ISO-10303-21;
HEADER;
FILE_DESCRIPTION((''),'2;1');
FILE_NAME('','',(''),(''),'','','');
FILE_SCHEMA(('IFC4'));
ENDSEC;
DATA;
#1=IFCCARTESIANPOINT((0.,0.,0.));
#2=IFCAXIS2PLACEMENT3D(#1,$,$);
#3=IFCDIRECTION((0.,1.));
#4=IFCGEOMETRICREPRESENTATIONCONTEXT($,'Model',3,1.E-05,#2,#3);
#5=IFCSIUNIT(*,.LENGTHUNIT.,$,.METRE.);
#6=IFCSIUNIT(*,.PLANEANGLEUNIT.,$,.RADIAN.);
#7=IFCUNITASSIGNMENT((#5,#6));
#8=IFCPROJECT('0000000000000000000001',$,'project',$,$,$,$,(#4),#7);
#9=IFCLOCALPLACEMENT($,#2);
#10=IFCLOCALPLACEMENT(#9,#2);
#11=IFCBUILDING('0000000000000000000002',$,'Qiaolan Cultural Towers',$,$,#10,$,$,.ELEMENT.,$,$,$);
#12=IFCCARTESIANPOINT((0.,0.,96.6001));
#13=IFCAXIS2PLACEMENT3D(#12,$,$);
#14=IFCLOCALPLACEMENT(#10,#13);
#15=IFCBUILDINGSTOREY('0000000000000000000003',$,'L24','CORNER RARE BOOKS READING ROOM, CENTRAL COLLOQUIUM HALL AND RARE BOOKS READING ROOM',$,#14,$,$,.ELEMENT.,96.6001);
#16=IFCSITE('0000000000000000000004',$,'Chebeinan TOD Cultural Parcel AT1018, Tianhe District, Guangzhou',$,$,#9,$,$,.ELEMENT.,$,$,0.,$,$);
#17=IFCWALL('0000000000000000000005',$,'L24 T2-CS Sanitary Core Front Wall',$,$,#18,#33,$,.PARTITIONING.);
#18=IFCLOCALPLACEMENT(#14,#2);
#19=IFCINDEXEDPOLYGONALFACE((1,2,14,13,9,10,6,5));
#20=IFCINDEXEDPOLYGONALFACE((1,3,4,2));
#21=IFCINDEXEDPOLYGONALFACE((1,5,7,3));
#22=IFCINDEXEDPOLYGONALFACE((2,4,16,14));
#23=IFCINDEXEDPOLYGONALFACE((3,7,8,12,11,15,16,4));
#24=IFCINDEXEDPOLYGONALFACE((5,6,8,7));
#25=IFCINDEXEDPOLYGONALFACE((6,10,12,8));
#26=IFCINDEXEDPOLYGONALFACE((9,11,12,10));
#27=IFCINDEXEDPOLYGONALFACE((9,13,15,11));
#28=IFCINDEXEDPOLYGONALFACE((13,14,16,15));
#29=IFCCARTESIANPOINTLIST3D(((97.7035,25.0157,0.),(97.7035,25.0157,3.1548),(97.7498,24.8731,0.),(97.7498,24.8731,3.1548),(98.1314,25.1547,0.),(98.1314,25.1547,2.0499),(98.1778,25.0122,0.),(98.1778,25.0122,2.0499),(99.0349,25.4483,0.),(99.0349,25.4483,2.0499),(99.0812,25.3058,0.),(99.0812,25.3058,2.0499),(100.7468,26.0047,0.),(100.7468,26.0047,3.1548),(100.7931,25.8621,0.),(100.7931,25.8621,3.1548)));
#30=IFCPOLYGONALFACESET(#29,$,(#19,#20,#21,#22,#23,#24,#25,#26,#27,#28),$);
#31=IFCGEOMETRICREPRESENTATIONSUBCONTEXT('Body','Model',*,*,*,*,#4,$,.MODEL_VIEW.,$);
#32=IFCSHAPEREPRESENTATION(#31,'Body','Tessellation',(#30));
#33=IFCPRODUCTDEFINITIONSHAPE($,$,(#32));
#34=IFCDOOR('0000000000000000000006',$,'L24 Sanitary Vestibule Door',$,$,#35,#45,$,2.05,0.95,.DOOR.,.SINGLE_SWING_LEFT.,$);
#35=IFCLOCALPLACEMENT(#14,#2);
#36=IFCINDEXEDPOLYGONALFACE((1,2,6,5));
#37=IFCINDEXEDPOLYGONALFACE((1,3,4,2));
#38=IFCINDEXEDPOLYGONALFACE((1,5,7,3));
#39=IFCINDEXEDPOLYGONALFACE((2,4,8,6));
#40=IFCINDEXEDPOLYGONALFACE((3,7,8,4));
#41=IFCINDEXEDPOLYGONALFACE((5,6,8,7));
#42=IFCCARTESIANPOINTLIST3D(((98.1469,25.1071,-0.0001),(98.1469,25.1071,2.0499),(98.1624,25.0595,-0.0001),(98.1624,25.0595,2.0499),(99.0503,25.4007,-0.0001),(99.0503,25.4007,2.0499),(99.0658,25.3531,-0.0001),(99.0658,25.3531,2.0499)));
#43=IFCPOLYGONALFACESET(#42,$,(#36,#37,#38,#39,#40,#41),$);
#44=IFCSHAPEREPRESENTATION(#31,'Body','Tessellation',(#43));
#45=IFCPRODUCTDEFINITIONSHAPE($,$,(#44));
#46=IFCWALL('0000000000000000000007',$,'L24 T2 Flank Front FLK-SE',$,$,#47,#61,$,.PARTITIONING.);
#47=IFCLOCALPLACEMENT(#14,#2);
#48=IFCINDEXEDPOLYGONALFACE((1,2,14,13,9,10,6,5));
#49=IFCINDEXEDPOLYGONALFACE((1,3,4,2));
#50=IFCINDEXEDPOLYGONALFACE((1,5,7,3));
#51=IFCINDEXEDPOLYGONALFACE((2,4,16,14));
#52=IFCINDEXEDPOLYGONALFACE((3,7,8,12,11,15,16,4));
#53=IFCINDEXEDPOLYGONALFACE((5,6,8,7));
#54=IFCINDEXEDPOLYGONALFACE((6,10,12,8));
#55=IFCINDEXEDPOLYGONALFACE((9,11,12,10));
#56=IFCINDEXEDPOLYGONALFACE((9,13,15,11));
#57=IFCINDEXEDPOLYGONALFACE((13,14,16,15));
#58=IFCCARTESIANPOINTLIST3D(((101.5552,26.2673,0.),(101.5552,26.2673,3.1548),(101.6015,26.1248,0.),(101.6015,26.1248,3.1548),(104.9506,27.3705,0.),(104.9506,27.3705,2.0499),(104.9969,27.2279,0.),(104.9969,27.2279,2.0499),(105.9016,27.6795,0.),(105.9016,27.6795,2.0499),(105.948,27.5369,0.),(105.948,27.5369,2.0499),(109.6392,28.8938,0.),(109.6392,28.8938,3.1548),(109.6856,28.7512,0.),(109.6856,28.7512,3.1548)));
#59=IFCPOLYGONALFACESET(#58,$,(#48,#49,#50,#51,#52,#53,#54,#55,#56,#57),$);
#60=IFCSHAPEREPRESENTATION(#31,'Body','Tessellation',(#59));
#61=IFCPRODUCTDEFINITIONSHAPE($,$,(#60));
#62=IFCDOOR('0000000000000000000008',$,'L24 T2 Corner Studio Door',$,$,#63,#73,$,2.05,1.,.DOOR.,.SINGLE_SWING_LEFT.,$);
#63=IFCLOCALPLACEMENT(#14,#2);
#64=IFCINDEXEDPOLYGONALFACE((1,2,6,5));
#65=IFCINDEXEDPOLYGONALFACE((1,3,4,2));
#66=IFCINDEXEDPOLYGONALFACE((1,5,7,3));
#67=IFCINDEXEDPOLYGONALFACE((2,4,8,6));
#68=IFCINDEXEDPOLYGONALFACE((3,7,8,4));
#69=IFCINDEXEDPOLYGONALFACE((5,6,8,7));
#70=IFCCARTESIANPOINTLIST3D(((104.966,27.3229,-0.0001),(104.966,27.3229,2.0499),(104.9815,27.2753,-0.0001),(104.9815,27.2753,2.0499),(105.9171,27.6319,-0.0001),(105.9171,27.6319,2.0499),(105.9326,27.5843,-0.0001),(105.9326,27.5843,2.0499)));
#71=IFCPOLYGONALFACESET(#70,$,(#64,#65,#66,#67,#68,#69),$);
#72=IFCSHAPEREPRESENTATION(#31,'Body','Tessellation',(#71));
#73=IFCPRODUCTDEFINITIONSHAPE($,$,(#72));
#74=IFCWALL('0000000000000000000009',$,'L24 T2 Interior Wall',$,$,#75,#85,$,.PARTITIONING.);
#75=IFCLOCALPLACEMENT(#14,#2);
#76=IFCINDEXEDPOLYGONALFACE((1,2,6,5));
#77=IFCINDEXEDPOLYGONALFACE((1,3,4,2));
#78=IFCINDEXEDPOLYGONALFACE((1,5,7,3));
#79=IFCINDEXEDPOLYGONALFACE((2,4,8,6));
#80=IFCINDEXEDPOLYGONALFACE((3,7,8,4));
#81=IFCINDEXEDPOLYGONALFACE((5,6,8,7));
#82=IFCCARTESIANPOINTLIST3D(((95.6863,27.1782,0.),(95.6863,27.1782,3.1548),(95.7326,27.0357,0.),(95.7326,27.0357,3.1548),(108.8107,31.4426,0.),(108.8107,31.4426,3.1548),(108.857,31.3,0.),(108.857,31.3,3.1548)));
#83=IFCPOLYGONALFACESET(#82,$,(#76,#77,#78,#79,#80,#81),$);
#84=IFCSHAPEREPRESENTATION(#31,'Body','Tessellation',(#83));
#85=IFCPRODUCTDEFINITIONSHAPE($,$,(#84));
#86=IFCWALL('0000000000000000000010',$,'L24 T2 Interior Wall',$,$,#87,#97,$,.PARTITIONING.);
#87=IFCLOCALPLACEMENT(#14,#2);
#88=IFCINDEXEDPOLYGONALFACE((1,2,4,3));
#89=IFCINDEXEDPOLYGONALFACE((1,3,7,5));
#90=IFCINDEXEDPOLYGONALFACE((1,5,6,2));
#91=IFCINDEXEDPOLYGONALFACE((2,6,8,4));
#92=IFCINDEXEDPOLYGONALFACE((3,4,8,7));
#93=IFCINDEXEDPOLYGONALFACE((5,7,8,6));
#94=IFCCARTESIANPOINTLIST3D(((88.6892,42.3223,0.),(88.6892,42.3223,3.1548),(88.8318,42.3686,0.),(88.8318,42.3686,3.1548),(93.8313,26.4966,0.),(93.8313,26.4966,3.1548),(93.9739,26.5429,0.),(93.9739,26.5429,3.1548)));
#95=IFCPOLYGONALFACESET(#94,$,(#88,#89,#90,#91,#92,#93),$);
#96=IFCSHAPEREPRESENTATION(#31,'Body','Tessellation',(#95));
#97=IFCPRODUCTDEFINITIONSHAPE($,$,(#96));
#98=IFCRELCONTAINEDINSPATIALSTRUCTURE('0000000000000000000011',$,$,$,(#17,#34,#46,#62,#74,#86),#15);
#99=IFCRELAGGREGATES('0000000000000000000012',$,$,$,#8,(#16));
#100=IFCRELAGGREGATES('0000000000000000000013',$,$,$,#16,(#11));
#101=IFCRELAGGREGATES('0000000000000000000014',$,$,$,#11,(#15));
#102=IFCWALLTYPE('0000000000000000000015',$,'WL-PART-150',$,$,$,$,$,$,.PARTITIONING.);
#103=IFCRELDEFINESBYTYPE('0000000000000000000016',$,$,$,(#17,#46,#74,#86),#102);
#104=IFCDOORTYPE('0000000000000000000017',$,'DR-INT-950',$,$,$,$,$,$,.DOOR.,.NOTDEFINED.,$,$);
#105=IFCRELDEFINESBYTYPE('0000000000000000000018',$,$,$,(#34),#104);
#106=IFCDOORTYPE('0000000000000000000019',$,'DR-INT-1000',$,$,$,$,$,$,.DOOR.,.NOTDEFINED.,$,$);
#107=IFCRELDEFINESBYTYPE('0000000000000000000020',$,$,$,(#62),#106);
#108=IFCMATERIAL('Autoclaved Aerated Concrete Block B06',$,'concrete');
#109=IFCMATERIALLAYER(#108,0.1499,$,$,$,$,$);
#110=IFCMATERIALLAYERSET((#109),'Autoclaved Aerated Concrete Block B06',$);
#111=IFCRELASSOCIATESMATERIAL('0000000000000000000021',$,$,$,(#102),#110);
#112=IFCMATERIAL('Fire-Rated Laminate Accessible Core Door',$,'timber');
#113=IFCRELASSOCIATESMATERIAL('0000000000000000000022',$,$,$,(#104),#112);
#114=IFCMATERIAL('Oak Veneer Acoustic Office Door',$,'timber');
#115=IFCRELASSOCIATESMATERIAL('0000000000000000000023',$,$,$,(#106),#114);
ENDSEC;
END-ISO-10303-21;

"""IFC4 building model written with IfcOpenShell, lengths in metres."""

from ifc_helpers import new_model, si_unit, direction, frame, frame_2d, origin, place, context, subcontext, project, spatial, rectangle, extrude, material, layer, layer_set, type_object, element, fill, save


model = new_model("IFC4")

# Units and contexts
model_context = context("Model", 3, precision=1e-05, world=origin(), true_north=direction((0.0, 1.0)))
body_context = subcontext(model_context, "Body", "Model", "MODEL_VIEW")
ifc_project = project(units=[si_unit("LENGTHUNIT", "METRE"), si_unit("PLANEANGLEUNIT", "RADIAN")], contexts=[model_context])

# Site, building, storey
site_placement = place(None, origin())
site = spatial("IfcSite", under=ifc_project, at=site_placement, Name="Chebeinan TOD Cultural Parcel AT1018, Tianhe District, Guangzhou", CompositionType="ELEMENT", RefElevation=0.0)
building_placement = place(site_placement, origin())
building = spatial("IfcBuilding", under=site, at=building_placement, Name="Qiaolan Cultural Towers", CompositionType="ELEMENT")
storey_placement = place(building_placement, frame((0.0, 0.0, 96.6001)))
storey = spatial("IfcBuildingStorey", under=building, at=storey_placement, Name="L24", Description="CORNER RARE BOOKS READING ROOM, CENTRAL COLLOQUIUM HALL AND RARE BOOKS READING ROOM", CompositionType="ELEMENT", Elevation=96.6001)

# Walls, openings, doors
ifc_material_1 = material(Name="Autoclaved Aerated Concrete Block B06", Category="concrete")
ifc_layer_1 = layer(ifc_material_1, 0.1499)
ifc_layer_set_1 = layer_set([ifc_layer_1], Name="Autoclaved Aerated Concrete Block B06")
wall_type_1 = type_object("IfcWallType", Name="WL-PART-150", PredefinedType="PARTITIONING", material=ifc_layer_set_1)
wall_1_placement = place(storey_placement, frame((97.7266, 24.9443, 0.0), z_axis=(0.0, 0.0, 1.0), x_axis=(0.951037, 0.309077, 0.0)))
wall_1 = element("IfcWall", 1, at=wall_1_placement, inside=storey, type_object=wall_type_1, Name="L24 T2-CS Sanitary Core Front Wall", PredefinedType="PARTITIONING", context=body_context, shape_type="SweptSolid", body=[
    extrude(rectangle(XDim=3.2, YDim=0.1499, at=frame_2d((1.6001, 0.0))), origin(), (0.0, 0.0, 1.0), 3.1548),
])
opening_1_placement = place(wall_1_placement, frame((0.45, 0.0, 0.0)))
opening_1 = element("IfcOpeningElement", 2, at=opening_1_placement, cuts=wall_1, PredefinedType="OPENING", context=body_context, shape_type="SweptSolid", body=[
    extrude(rectangle(XDim=0.95, YDim=2.05, at=frame_2d((0.4751, 1.0249))), frame((0.0, 0.085, 0.0), z_axis=(0.0, -1.0, 0.0), x_axis=(1.0, 0.0, 0.0)), (0.0, 0.0, 1.0), 0.1699),
])
ifc_material_2 = material(Name="Fire-Rated Laminate Accessible Core Door", Category="timber")
door_type_1 = type_object("IfcDoorType", Name="DR-INT-950", OperationType="NOTDEFINED", PredefinedType="DOOR", material=ifc_material_2)
door_1_placement = place(opening_1_placement, origin())
door_1 = element("IfcDoor", 3, at=door_1_placement, inside=storey, type_object=door_type_1, Name="L24 Sanitary Vestibule Door", OperationType="SINGLE_SWING_LEFT", OverallHeight=2.05, OverallWidth=0.95, PredefinedType="DOOR", context=body_context, shape_type="SweptSolid", body=[
    extrude(rectangle(XDim=0.95, YDim=2.05, at=frame_2d((0.4751, 1.0249))), frame((0.0, 0.0249, 0.0), z_axis=(0.0, -1.0, 0.0), x_axis=(1.0, 0.0, 0.0)), (0.0, 0.0, 1.0), 0.05),
])
fill(opening_1, door_1)
wall_2_placement = place(storey_placement, frame((101.5784, 26.196, 0.0), z_axis=(0.0, 0.0, 1.0), x_axis=(0.951063, 0.308998, 0.0)))
wall_2 = element("IfcWall", 4, at=wall_2_placement, inside=storey, type_object=wall_type_1, Name="L24 T2 Flank Front FLK-SE", PredefinedType="PARTITIONING", context=body_context, shape_type="SweptSolid", body=[
    extrude(rectangle(XDim=8.5, YDim=0.1499, at=frame_2d((4.25, 0.0))), origin(), (0.0, 0.0, 1.0), 3.1548),
])
opening_2_placement = place(wall_2_placement, frame((3.5701, 0.0, 0.0)))
opening_2 = element("IfcOpeningElement", 5, at=opening_2_placement, cuts=wall_2, PredefinedType="OPENING", context=body_context, shape_type="SweptSolid", body=[
    extrude(rectangle(XDim=1.0, YDim=2.05, at=frame_2d((0.5, 1.0249))), frame((0.0, 0.085, 0.0), z_axis=(0.0, -1.0, 0.0), x_axis=(1.0, 0.0, 0.0)), (0.0, 0.0, 1.0), 0.1699),
])
ifc_material_3 = material(Name="Oak Veneer Acoustic Office Door", Category="timber")
door_type_2 = type_object("IfcDoorType", Name="DR-INT-1000", OperationType="NOTDEFINED", PredefinedType="DOOR", material=ifc_material_3)
door_2_placement = place(opening_2_placement, origin())
door_2 = element("IfcDoor", 6, at=door_2_placement, inside=storey, type_object=door_type_2, Name="L24 T2 Corner Studio Door", OperationType="SINGLE_SWING_LEFT", OverallHeight=2.05, OverallWidth=1.0, PredefinedType="DOOR", context=body_context, shape_type="SweptSolid", body=[
    extrude(rectangle(XDim=1.0, YDim=2.05, at=frame_2d((0.5, 1.0249))), frame((0.0, 0.0249, 0.0), z_axis=(0.0, -1.0, 0.0), x_axis=(1.0, 0.0, 0.0)), (0.0, 0.0, 1.0), 0.05),
])
fill(opening_2, door_2)

# Walls
wall_3_placement = place(storey_placement, frame((95.7095, 27.1069, 0.0), z_axis=(0.0, 0.0, 1.0), x_axis=(0.951057, 0.309016, 0.0)))
element("IfcWall", 7, at=wall_3_placement, inside=storey, type_object=wall_type_1, Name="L24 T2 Interior Wall", PredefinedType="PARTITIONING", context=body_context, shape_type="SweptSolid", body=[
    extrude(rectangle(XDim=13.7998, YDim=0.1499, at=frame_2d((6.8999, 0.0))), origin(), (0.0, 0.0, 1.0), 3.1548),
])
wall_4_placement = place(storey_placement, frame((93.9026, 26.5198, 0.0), z_axis=(0.0, 0.0, 1.0), x_axis=(-0.309018, 0.951056, 0.0)))
element("IfcWall", 8, at=wall_4_placement, inside=storey, type_object=wall_type_1, Name="L24 T2 Interior Wall", PredefinedType="PARTITIONING", context=body_context, shape_type="SweptSolid", body=[
    extrude(rectangle(XDim=16.6401, YDim=0.1499, at=frame_2d((8.3201, 0.0))), origin(), (0.0, 0.0, 1.0), 3.1548),
])

save(model, "model.ifc")
